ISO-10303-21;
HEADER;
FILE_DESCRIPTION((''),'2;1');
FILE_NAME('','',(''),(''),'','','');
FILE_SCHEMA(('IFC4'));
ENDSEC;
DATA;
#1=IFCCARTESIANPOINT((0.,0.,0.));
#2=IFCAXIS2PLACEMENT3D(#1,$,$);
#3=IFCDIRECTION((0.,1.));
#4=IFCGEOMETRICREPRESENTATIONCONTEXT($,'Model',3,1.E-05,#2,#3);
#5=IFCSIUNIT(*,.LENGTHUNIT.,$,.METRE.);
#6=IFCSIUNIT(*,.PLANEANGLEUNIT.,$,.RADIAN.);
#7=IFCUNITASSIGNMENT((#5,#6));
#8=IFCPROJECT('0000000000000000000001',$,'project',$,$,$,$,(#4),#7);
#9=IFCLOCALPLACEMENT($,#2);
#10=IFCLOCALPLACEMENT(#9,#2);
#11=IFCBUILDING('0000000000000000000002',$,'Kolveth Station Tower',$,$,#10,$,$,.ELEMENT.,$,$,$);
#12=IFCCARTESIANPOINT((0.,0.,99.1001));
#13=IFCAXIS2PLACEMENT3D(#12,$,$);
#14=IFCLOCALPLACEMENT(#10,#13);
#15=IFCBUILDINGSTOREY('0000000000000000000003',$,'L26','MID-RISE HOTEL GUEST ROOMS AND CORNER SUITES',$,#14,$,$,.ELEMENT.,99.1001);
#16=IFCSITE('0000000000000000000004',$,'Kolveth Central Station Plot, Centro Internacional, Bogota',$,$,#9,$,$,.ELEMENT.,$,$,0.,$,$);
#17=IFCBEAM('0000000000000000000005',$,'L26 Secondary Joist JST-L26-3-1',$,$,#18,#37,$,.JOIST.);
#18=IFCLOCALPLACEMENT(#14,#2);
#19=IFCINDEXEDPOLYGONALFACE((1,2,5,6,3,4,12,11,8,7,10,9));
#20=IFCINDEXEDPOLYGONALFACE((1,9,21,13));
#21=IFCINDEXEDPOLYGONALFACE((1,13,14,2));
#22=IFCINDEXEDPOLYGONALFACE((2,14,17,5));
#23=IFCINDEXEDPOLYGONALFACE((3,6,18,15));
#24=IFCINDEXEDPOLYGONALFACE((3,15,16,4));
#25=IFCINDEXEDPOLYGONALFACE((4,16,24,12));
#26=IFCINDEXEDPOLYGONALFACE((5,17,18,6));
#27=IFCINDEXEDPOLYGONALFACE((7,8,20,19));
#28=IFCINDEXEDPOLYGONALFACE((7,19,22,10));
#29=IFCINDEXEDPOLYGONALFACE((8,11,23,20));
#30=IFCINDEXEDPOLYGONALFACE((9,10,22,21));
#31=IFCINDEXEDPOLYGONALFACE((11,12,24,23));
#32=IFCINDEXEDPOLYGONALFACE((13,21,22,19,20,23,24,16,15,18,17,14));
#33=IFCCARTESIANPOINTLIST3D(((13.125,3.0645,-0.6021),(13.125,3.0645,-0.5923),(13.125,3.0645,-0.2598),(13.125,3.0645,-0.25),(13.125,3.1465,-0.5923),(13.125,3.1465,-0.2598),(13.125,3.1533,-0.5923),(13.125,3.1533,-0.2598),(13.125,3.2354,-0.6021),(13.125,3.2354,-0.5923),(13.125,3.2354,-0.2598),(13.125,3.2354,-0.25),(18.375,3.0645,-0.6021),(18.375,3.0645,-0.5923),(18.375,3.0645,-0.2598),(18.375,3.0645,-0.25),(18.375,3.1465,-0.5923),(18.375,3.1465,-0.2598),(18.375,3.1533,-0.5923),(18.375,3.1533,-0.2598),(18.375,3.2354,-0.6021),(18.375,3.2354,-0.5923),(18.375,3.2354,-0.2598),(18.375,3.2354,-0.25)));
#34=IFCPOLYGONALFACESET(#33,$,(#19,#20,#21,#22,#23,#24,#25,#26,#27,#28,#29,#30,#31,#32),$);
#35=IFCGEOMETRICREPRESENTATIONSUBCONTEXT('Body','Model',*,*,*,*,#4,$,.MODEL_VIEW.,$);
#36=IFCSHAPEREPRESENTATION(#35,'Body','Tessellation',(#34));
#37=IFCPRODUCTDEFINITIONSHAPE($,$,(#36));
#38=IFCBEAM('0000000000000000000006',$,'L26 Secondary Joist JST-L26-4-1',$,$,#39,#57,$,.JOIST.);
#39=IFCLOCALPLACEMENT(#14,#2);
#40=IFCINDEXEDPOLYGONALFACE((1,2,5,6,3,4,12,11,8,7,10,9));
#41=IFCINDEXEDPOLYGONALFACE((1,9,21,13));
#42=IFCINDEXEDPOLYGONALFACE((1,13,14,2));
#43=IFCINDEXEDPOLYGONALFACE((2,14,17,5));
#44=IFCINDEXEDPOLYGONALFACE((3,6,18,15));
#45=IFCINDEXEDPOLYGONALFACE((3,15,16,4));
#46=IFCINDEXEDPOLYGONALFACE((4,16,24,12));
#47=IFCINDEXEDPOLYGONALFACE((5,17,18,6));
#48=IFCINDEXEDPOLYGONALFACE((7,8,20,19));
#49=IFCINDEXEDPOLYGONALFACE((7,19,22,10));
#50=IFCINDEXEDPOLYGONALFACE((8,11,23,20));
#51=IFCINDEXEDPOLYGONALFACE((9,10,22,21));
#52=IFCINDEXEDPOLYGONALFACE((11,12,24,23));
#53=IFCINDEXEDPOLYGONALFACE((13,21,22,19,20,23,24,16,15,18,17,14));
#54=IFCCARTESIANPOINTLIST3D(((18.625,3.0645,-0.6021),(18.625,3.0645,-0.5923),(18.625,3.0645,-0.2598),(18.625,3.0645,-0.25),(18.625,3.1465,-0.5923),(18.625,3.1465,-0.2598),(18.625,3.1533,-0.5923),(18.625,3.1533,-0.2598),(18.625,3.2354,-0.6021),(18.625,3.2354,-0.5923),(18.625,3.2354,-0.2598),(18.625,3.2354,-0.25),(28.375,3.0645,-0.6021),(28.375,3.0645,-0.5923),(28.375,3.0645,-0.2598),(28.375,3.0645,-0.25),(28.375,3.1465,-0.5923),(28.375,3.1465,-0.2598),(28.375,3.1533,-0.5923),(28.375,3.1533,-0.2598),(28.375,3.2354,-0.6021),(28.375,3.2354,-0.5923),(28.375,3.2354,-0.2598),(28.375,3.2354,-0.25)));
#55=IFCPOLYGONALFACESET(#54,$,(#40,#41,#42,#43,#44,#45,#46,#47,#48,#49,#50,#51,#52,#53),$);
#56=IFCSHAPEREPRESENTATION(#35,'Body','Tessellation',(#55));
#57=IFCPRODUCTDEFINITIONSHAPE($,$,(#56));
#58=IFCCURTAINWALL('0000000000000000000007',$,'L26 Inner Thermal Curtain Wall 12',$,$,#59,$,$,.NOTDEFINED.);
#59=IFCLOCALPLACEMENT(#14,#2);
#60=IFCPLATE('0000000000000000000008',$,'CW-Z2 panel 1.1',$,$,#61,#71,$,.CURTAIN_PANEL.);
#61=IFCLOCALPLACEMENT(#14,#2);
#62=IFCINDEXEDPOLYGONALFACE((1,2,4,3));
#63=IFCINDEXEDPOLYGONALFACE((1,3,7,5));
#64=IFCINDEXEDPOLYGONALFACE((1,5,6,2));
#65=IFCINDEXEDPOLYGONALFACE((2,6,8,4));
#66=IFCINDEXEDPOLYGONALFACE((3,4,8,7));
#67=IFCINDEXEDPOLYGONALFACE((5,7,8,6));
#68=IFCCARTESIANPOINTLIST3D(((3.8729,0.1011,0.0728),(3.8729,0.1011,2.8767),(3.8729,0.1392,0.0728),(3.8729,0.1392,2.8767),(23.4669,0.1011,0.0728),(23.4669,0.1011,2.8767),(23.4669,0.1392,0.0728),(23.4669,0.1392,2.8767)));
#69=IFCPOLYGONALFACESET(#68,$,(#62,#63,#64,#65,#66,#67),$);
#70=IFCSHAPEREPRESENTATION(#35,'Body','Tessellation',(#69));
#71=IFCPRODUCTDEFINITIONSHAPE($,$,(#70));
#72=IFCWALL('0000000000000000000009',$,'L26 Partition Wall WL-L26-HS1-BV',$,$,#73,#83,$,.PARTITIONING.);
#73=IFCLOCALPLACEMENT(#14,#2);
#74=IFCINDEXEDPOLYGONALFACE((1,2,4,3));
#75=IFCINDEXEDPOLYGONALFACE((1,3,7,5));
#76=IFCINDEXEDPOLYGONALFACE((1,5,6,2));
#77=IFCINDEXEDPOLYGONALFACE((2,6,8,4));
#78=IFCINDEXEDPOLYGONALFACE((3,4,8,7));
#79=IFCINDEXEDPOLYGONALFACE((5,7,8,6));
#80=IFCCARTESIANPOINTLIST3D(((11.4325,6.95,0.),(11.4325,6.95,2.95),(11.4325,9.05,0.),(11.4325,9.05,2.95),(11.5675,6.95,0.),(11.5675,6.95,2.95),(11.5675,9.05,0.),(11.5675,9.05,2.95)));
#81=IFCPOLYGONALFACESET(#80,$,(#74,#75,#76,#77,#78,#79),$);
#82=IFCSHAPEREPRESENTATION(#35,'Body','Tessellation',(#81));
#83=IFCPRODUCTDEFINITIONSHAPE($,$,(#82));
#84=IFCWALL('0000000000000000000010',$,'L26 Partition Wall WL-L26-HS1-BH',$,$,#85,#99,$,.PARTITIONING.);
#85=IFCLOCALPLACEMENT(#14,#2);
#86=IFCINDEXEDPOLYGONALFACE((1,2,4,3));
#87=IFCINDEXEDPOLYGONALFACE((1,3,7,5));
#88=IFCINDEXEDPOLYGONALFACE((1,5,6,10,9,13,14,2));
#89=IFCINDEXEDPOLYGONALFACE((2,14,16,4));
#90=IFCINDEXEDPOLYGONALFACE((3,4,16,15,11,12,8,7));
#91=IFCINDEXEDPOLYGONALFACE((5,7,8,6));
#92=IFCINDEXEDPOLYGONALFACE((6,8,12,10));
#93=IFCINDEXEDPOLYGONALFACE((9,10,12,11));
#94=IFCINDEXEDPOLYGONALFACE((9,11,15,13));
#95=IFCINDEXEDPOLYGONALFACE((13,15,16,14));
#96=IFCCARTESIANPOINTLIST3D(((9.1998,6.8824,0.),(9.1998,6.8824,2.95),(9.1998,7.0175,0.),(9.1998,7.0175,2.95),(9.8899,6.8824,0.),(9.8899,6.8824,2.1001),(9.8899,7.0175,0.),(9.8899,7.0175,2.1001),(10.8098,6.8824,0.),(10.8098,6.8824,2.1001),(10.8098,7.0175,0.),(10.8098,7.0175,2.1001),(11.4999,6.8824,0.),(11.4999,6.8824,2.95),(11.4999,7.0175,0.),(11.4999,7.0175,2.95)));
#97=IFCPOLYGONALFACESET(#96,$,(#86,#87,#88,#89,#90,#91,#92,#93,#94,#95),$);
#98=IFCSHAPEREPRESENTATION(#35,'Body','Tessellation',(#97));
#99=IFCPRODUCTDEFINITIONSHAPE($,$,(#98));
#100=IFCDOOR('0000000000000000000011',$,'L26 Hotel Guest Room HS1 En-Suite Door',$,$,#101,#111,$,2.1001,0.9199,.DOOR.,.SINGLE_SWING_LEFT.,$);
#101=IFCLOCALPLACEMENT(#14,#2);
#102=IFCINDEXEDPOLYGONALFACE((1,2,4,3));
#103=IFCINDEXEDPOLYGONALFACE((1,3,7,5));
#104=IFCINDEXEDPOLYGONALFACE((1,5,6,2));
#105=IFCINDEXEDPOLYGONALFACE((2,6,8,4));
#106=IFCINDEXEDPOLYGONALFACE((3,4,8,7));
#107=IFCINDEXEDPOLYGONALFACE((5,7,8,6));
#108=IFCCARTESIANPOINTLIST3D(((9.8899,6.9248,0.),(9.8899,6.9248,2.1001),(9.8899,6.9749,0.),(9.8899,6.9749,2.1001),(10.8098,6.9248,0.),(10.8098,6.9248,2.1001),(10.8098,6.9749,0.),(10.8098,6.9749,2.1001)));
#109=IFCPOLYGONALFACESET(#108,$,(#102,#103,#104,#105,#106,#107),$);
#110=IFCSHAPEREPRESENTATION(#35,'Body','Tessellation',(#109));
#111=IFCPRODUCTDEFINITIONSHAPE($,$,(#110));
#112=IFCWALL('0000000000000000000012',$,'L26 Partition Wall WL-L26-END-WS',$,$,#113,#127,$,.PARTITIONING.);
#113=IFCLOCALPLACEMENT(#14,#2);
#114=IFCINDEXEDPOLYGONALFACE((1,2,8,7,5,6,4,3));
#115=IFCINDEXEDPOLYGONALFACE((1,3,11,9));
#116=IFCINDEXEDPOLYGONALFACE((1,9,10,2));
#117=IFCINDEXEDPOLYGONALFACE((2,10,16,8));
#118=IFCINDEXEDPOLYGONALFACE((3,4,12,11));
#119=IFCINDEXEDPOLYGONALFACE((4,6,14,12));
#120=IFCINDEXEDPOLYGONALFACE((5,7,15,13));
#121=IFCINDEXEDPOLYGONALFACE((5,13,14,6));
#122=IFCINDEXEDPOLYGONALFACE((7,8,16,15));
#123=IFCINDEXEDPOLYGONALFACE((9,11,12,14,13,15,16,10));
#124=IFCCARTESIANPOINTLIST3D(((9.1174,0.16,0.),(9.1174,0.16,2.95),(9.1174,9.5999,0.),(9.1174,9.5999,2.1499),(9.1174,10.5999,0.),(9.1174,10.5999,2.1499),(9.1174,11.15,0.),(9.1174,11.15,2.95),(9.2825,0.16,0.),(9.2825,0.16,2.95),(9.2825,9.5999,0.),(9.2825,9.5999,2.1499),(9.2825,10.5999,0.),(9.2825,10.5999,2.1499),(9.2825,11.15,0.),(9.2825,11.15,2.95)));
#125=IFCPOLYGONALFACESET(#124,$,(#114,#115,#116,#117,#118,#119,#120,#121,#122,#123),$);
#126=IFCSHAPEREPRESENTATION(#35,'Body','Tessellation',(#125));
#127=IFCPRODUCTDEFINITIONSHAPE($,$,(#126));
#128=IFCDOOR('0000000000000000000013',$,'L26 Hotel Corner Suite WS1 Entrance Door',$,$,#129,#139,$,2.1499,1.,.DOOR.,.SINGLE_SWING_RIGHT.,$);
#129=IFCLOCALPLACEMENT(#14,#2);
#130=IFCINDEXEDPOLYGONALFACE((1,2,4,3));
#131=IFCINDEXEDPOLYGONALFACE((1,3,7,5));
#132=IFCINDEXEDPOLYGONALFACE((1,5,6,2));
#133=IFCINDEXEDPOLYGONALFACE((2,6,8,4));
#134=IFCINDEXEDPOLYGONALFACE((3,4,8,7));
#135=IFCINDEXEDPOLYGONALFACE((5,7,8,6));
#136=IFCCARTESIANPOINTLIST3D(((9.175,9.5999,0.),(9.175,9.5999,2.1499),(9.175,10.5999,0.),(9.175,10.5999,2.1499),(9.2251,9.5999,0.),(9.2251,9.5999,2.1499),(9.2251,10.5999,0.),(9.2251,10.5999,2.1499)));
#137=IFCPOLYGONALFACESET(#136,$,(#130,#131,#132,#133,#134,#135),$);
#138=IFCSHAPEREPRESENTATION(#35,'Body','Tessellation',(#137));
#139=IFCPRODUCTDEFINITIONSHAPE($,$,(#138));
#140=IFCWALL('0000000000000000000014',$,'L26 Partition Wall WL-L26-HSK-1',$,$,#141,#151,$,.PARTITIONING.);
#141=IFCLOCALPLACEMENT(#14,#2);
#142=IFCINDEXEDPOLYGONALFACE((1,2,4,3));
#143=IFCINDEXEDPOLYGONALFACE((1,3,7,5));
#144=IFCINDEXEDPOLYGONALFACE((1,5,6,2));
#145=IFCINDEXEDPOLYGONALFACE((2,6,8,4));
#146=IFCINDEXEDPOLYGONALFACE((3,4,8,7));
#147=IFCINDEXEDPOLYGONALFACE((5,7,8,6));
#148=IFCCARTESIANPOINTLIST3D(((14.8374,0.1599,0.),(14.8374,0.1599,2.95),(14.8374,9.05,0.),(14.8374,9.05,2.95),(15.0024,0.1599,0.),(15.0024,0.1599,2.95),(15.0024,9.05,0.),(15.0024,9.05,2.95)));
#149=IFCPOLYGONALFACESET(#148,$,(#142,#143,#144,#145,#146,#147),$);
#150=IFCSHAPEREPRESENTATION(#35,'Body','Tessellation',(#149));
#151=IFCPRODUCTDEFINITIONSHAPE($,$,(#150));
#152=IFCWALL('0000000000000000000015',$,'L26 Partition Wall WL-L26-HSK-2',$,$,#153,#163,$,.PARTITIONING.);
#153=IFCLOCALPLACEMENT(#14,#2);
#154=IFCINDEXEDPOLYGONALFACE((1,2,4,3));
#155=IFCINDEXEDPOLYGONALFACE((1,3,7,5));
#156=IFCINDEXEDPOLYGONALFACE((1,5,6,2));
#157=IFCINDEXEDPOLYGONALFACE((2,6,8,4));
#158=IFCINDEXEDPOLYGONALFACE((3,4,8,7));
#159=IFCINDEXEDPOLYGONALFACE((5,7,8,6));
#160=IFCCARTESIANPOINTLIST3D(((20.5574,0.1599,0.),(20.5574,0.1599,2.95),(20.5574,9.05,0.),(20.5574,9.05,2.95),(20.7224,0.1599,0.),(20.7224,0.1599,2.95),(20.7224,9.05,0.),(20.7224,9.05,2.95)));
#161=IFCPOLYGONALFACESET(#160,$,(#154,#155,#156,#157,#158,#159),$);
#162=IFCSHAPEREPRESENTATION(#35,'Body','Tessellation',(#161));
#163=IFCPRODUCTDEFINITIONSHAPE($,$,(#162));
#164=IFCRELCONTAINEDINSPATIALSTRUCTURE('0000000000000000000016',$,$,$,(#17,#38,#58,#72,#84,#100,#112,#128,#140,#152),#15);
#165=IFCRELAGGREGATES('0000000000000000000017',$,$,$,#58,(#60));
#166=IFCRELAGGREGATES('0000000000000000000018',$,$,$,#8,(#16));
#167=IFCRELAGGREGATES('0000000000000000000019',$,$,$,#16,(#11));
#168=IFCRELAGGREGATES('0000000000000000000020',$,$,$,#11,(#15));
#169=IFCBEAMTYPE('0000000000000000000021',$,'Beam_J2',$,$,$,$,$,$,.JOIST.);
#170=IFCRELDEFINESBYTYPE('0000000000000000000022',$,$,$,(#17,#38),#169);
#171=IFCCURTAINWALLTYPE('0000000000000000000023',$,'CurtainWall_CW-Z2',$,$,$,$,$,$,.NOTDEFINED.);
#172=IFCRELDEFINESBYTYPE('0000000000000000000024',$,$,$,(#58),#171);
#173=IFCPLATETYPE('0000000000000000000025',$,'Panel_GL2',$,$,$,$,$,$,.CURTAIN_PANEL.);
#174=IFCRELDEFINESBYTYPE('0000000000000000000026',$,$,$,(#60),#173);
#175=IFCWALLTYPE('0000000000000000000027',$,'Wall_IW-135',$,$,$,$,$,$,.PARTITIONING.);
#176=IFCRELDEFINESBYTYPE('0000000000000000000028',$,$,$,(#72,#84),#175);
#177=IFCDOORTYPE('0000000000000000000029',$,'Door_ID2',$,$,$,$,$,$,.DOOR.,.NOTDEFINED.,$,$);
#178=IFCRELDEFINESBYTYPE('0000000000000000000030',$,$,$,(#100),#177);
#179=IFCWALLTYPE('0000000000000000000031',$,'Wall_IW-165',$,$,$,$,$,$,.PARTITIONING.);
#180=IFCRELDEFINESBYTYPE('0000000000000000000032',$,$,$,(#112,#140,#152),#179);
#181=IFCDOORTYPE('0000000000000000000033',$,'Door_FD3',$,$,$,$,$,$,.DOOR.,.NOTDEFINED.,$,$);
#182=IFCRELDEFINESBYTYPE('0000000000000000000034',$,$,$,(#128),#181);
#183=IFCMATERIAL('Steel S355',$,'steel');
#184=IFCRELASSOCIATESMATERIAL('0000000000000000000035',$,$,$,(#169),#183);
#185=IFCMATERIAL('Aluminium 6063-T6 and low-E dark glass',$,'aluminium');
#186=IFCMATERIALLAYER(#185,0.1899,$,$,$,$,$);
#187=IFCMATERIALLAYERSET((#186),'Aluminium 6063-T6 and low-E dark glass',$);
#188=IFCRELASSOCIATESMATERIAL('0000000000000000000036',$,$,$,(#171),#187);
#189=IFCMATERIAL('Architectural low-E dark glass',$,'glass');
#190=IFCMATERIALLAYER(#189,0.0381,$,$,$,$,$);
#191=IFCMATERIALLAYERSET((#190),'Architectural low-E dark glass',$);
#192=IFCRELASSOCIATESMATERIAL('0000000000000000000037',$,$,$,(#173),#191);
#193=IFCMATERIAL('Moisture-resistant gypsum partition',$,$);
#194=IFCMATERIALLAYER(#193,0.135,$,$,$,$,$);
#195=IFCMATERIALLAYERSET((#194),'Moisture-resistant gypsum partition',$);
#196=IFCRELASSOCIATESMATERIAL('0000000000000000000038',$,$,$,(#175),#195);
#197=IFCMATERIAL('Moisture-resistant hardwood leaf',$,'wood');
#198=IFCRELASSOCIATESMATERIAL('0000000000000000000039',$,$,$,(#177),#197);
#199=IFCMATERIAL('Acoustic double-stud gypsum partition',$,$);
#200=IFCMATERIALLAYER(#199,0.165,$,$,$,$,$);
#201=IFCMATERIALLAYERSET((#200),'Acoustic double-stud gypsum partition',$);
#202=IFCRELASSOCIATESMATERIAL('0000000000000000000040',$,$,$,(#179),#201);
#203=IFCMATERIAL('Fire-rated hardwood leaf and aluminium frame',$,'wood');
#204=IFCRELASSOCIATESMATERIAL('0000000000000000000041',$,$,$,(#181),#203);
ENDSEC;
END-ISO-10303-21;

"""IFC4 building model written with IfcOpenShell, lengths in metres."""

from ifc_helpers import new_model, si_unit, direction, frame, frame_2d, origin, origin_2d, place, context, subcontext, project, spatial, rectangle, i_section, extrude, source, transform, mapped, material, layer, layer_set, material_profile, profile_set, type_object, element, fill, aggregate, save


model = new_model("IFC4")

# Units and contexts
model_context = context("Model", 3, precision=1e-05, world=origin(), true_north=direction((0.0, 1.0)))
body_context = subcontext(model_context, "Body", "Model", "MODEL_VIEW")
ifc_project = project(units=[si_unit("LENGTHUNIT", "METRE"), si_unit("PLANEANGLEUNIT", "RADIAN")], contexts=[model_context])

# Site, building, storey
site_placement = place(None, origin())
site = spatial("IfcSite", under=ifc_project, at=site_placement, Name="Kolveth Central Station Plot, Centro Internacional, Bogota", CompositionType="ELEMENT", RefElevation=0.0)
building_placement = place(site_placement, origin())
building = spatial("IfcBuilding", under=site, at=building_placement, Name="Kolveth Station Tower", CompositionType="ELEMENT")
storey_placement = place(building_placement, frame((0.0, 0.0, 99.1001)))
storey = spatial("IfcBuildingStorey", under=building, at=storey_placement, Name="L26", Description="MID-RISE HOTEL GUEST ROOMS AND CORNER SUITES", CompositionType="ELEMENT", Elevation=99.1001)

# Beams
ifc_material_1 = material(Name="Steel S355", Category="steel")
ifc_material_profile_1 = material_profile(ifc_material_1, i_section(OverallWidth=0.1709, OverallDepth=0.3521, WebThickness=0.0068, FlangeThickness=0.0098, at=origin_2d()), Name="W360x44")
ifc_profile_set_1 = profile_set([ifc_material_profile_1], Name="Steel S355")
beam_type_1 = type_object("IfcBeamType", Name="Beam_J2", PredefinedType="JOIST", material=ifc_profile_set_1)
shared_shape_1 = source(origin(), body_context, "Body", "SweptSolid", [
    extrude(i_section(OverallWidth=0.1709, OverallDepth=0.3521, WebThickness=0.0068, FlangeThickness=0.0098, at=origin_2d()), origin(), (0.0, 0.0, 1.0), 5.25),
])
beam_1_placement = place(storey_placement, frame((13.125, 3.1499, -0.426), z_axis=(1.0, 0.0, 0.0), x_axis=(0.0, 1.0, 0.0)))
element("IfcBeam", 1, at=beam_1_placement, inside=storey, type_object=beam_type_1, Name="L26 Secondary Joist JST-L26-3-1", PredefinedType="JOIST", context=body_context, shape_type="MappedRepresentation", body=[
    mapped(shared_shape_1, transform((0.0, 0.0, 0.0), x_axis=(1.0, 0.0, 0.0), y_axis=(0.0, 1.0, 0.0), z_axis=(0.0, 0.0, 1.0), scale=1.0)),
])
shared_shape_2 = source(origin(), body_context, "Body", "SweptSolid", [
    extrude(i_section(OverallWidth=0.1709, OverallDepth=0.3521, WebThickness=0.0068, FlangeThickness=0.0098, at=origin_2d()), origin(), (0.0, 0.0, 1.0), 9.75),
])
beam_2_placement = place(storey_placement, frame((18.625, 3.1499, -0.426), z_axis=(1.0, 0.0, 0.0), x_axis=(0.0, 1.0, 0.0)))
element("IfcBeam", 2, at=beam_2_placement, inside=storey, type_object=beam_type_1, Name="L26 Secondary Joist JST-L26-4-1", PredefinedType="JOIST", context=body_context, shape_type="MappedRepresentation", body=[
    mapped(shared_shape_2, transform((0.0, 0.0, 0.0), x_axis=(1.0, 0.0, 0.0), y_axis=(0.0, 1.0, 0.0), z_axis=(0.0, 0.0, 1.0), scale=1.0)),
])

# Curtain wall, plate
ifc_material_2 = material(Name="Aluminium 6063-T6 and low-E dark glass", Category="aluminium")
ifc_layer_1 = layer(ifc_material_2, 0.1899)
ifc_layer_set_1 = layer_set([ifc_layer_1], Name="Aluminium 6063-T6 and low-E dark glass")
curtain_wall_type = type_object("IfcCurtainWallType", Name="CurtainWall_CW-Z2", PredefinedType="NOTDEFINED", material=ifc_layer_set_1)
curtain_wall_placement = place(storey_placement, origin())
curtain_wall = element("IfcCurtainWall", 3, at=curtain_wall_placement, inside=storey, type_object=curtain_wall_type, Name="L26 Inner Thermal Curtain Wall 12", PredefinedType="NOTDEFINED")
ifc_material_3 = material(Name="Architectural low-E dark glass", Category="glass")
ifc_layer_2 = layer(ifc_material_3, 0.0381)
ifc_layer_set_2 = layer_set([ifc_layer_2], Name="Architectural low-E dark glass")
plate_type = type_object("IfcPlateType", Name="Panel_GL2", PredefinedType="CURTAIN_PANEL", material=ifc_layer_set_2)
shared_shape_3 = source(origin(), body_context, "Body", "SweptSolid", [
    extrude(rectangle(XDim=19.594, YDim=0.0381, at=origin_2d()), origin(), (0.0, 0.0, 1.0), 2.804),
])
plate_placement = place(storey_placement, frame((13.6699, 0.1201, 0.0728), z_axis=(0.0, 0.0, 1.0), x_axis=(1.0, 0.0, 0.0)))
plate = element("IfcPlate", 4, at=plate_placement, type_object=plate_type, Name="CW-Z2 panel 1.1", PredefinedType="CURTAIN_PANEL", context=body_context, shape_type="MappedRepresentation", body=[
    mapped(shared_shape_3, transform((0.0, 0.0, 0.0), x_axis=(1.0, 0.0, 0.0), y_axis=(0.0, 1.0, 0.0), z_axis=(0.0, 0.0, 1.0), scale=1.0)),
])
aggregate(curtain_wall, [plate])

# Wall
ifc_material_4 = material(Name="Moisture-resistant gypsum partition")
ifc_layer_3 = layer(ifc_material_4, 0.135)
ifc_layer_set_3 = layer_set([ifc_layer_3], Name="Moisture-resistant gypsum partition")
wall_type_1 = type_object("IfcWallType", Name="Wall_IW-135", PredefinedType="PARTITIONING", material=ifc_layer_set_3)
wall_1_placement = place(storey_placement, frame((11.5, 6.95, 0.0), z_axis=(0.0, 0.0, 1.0), x_axis=(0.0, 1.0, 0.0)))
element("IfcWall", 5, at=wall_1_placement, inside=storey, type_object=wall_type_1, Name="L26 Partition Wall WL-L26-HS1-BV", PredefinedType="PARTITIONING", context=body_context, shape_type="SweptSolid", body=[
    extrude(rectangle(XDim=2.1001, YDim=0.135, at=frame_2d((1.05, 0.0))), origin(), (0.0, 0.0, 1.0), 2.95),
])

# Walls, openings, doors
wall_2_placement = place(storey_placement, frame((9.2, 6.95, 0.0), z_axis=(0.0, 0.0, 1.0), x_axis=(1.0, 0.0, 0.0)))
wall_2 = element("IfcWall", 6, at=wall_2_placement, inside=storey, type_object=wall_type_1, Name="L26 Partition Wall WL-L26-HS1-BH", PredefinedType="PARTITIONING", context=body_context, shape_type="SweptSolid", body=[
    extrude(rectangle(XDim=2.3, YDim=0.135, at=frame_2d((1.1499, 0.0))), origin(), (0.0, 0.0, 1.0), 2.95),
])
opening_1_placement = place(wall_2_placement, frame((0.6899, 0.0, 0.0)))
opening_1 = element("IfcOpeningElement", 7, at=opening_1_placement, cuts=wall_2, PredefinedType="OPENING", context=body_context, shape_type="SweptSolid", body=[
    extrude(rectangle(XDim=0.9199, YDim=2.1001, at=frame_2d((0.46, 1.05))), frame((0.0, 0.0774, 0.0), z_axis=(0.0, -1.0, 0.0), x_axis=(1.0, 0.0, 0.0)), (0.0, 0.0, 1.0), 0.155),
])
ifc_material_5 = material(Name="Moisture-resistant hardwood leaf", Category="wood")
door_type_1 = type_object("IfcDoorType", Name="Door_ID2", OperationType="NOTDEFINED", PredefinedType="DOOR", material=ifc_material_5)
door_1_placement = place(opening_1_placement, origin())
door_1 = element("IfcDoor", 8, at=door_1_placement, inside=storey, type_object=door_type_1, Name="L26 Hotel Guest Room HS1 En-Suite Door", OperationType="SINGLE_SWING_LEFT", OverallHeight=2.1001, OverallWidth=0.9199, PredefinedType="DOOR", context=body_context, shape_type="SweptSolid", body=[
    extrude(rectangle(XDim=0.9199, YDim=2.1001, at=frame_2d((0.46, 1.05))), frame((0.0, 0.0249, 0.0), z_axis=(0.0, -1.0, 0.0), x_axis=(1.0, 0.0, 0.0)), (0.0, 0.0, 1.0), 0.05),
])
fill(opening_1, door_1)
ifc_material_6 = material(Name="Acoustic double-stud gypsum partition")
ifc_layer_4 = layer(ifc_material_6, 0.165)
ifc_layer_set_4 = layer_set([ifc_layer_4], Name="Acoustic double-stud gypsum partition")
wall_type_2 = type_object("IfcWallType", Name="Wall_IW-165", PredefinedType="PARTITIONING", material=ifc_layer_set_4)
wall_3_placement = place(storey_placement, frame((9.2, 0.1599, 0.0), z_axis=(0.0, 0.0, 1.0), x_axis=(0.0, 1.0, 0.0)))
wall_3 = element("IfcWall", 9, at=wall_3_placement, inside=storey, type_object=wall_type_2, Name="L26 Partition Wall WL-L26-END-WS", PredefinedType="PARTITIONING", context=body_context, shape_type="SweptSolid", body=[
    extrude(rectangle(XDim=10.99, YDim=0.165, at=frame_2d((5.4951, 0.0))), origin(), (0.0, 0.0, 1.0), 2.95),
])
opening_2_placement = place(wall_3_placement, frame((9.4399, 0.0, 0.0)))
opening_2 = element("IfcOpeningElement", 10, at=opening_2_placement, cuts=wall_3, PredefinedType="OPENING", context=body_context, shape_type="SweptSolid", body=[
    extrude(rectangle(XDim=1.0, YDim=2.1499, at=frame_2d((0.5, 1.075))), frame((0.0, 0.0925, 0.0), z_axis=(0.0, -1.0, 0.0), x_axis=(1.0, 0.0, 0.0)), (0.0, 0.0, 1.0), 0.1851),
])
ifc_material_7 = material(Name="Fire-rated hardwood leaf and aluminium frame", Category="wood")
door_type_2 = type_object("IfcDoorType", Name="Door_FD3", OperationType="NOTDEFINED", PredefinedType="DOOR", material=ifc_material_7)
door_2_placement = place(opening_2_placement, origin())
door_2 = element("IfcDoor", 11, at=door_2_placement, inside=storey, type_object=door_type_2, Name="L26 Hotel Corner Suite WS1 Entrance Door", OperationType="SINGLE_SWING_RIGHT", OverallHeight=2.1499, OverallWidth=1.0, PredefinedType="DOOR", context=body_context, shape_type="SweptSolid", body=[
    extrude(rectangle(XDim=1.0, YDim=2.1499, at=frame_2d((0.5, 1.075))), frame((0.0, 0.0249, 0.0), z_axis=(0.0, -1.0, 0.0), x_axis=(1.0, 0.0, 0.0)), (0.0, 0.0, 1.0), 0.05),
])
fill(opening_2, door_2)

# Walls
for number, where, z_axis, x_axis, name in (
    (12, (14.9199, 0.1599, 0.0), (0.0, 0.0, 1.0), (0.0, 1.0, 0.0), "L26 Partition Wall WL-L26-HSK-1"),
    (13, (20.6399, 0.1599, 0.0), (0.0, 0.0, 1.0), (0.0, 1.0, 0.0), "L26 Partition Wall WL-L26-HSK-2"),
):
    element("IfcWall", number, at=place(storey_placement, frame(where, z_axis=z_axis, x_axis=x_axis)), inside=storey, type_object=wall_type_2, Name=name, PredefinedType="PARTITIONING", context=body_context, shape_type="SweptSolid", body=[
        extrude(rectangle(XDim=8.8901, YDim=0.165, at=frame_2d((4.4451, 0.0))), origin(), (0.0, 0.0, 1.0), 2.95),
    ])

save(model, "model.ifc")
